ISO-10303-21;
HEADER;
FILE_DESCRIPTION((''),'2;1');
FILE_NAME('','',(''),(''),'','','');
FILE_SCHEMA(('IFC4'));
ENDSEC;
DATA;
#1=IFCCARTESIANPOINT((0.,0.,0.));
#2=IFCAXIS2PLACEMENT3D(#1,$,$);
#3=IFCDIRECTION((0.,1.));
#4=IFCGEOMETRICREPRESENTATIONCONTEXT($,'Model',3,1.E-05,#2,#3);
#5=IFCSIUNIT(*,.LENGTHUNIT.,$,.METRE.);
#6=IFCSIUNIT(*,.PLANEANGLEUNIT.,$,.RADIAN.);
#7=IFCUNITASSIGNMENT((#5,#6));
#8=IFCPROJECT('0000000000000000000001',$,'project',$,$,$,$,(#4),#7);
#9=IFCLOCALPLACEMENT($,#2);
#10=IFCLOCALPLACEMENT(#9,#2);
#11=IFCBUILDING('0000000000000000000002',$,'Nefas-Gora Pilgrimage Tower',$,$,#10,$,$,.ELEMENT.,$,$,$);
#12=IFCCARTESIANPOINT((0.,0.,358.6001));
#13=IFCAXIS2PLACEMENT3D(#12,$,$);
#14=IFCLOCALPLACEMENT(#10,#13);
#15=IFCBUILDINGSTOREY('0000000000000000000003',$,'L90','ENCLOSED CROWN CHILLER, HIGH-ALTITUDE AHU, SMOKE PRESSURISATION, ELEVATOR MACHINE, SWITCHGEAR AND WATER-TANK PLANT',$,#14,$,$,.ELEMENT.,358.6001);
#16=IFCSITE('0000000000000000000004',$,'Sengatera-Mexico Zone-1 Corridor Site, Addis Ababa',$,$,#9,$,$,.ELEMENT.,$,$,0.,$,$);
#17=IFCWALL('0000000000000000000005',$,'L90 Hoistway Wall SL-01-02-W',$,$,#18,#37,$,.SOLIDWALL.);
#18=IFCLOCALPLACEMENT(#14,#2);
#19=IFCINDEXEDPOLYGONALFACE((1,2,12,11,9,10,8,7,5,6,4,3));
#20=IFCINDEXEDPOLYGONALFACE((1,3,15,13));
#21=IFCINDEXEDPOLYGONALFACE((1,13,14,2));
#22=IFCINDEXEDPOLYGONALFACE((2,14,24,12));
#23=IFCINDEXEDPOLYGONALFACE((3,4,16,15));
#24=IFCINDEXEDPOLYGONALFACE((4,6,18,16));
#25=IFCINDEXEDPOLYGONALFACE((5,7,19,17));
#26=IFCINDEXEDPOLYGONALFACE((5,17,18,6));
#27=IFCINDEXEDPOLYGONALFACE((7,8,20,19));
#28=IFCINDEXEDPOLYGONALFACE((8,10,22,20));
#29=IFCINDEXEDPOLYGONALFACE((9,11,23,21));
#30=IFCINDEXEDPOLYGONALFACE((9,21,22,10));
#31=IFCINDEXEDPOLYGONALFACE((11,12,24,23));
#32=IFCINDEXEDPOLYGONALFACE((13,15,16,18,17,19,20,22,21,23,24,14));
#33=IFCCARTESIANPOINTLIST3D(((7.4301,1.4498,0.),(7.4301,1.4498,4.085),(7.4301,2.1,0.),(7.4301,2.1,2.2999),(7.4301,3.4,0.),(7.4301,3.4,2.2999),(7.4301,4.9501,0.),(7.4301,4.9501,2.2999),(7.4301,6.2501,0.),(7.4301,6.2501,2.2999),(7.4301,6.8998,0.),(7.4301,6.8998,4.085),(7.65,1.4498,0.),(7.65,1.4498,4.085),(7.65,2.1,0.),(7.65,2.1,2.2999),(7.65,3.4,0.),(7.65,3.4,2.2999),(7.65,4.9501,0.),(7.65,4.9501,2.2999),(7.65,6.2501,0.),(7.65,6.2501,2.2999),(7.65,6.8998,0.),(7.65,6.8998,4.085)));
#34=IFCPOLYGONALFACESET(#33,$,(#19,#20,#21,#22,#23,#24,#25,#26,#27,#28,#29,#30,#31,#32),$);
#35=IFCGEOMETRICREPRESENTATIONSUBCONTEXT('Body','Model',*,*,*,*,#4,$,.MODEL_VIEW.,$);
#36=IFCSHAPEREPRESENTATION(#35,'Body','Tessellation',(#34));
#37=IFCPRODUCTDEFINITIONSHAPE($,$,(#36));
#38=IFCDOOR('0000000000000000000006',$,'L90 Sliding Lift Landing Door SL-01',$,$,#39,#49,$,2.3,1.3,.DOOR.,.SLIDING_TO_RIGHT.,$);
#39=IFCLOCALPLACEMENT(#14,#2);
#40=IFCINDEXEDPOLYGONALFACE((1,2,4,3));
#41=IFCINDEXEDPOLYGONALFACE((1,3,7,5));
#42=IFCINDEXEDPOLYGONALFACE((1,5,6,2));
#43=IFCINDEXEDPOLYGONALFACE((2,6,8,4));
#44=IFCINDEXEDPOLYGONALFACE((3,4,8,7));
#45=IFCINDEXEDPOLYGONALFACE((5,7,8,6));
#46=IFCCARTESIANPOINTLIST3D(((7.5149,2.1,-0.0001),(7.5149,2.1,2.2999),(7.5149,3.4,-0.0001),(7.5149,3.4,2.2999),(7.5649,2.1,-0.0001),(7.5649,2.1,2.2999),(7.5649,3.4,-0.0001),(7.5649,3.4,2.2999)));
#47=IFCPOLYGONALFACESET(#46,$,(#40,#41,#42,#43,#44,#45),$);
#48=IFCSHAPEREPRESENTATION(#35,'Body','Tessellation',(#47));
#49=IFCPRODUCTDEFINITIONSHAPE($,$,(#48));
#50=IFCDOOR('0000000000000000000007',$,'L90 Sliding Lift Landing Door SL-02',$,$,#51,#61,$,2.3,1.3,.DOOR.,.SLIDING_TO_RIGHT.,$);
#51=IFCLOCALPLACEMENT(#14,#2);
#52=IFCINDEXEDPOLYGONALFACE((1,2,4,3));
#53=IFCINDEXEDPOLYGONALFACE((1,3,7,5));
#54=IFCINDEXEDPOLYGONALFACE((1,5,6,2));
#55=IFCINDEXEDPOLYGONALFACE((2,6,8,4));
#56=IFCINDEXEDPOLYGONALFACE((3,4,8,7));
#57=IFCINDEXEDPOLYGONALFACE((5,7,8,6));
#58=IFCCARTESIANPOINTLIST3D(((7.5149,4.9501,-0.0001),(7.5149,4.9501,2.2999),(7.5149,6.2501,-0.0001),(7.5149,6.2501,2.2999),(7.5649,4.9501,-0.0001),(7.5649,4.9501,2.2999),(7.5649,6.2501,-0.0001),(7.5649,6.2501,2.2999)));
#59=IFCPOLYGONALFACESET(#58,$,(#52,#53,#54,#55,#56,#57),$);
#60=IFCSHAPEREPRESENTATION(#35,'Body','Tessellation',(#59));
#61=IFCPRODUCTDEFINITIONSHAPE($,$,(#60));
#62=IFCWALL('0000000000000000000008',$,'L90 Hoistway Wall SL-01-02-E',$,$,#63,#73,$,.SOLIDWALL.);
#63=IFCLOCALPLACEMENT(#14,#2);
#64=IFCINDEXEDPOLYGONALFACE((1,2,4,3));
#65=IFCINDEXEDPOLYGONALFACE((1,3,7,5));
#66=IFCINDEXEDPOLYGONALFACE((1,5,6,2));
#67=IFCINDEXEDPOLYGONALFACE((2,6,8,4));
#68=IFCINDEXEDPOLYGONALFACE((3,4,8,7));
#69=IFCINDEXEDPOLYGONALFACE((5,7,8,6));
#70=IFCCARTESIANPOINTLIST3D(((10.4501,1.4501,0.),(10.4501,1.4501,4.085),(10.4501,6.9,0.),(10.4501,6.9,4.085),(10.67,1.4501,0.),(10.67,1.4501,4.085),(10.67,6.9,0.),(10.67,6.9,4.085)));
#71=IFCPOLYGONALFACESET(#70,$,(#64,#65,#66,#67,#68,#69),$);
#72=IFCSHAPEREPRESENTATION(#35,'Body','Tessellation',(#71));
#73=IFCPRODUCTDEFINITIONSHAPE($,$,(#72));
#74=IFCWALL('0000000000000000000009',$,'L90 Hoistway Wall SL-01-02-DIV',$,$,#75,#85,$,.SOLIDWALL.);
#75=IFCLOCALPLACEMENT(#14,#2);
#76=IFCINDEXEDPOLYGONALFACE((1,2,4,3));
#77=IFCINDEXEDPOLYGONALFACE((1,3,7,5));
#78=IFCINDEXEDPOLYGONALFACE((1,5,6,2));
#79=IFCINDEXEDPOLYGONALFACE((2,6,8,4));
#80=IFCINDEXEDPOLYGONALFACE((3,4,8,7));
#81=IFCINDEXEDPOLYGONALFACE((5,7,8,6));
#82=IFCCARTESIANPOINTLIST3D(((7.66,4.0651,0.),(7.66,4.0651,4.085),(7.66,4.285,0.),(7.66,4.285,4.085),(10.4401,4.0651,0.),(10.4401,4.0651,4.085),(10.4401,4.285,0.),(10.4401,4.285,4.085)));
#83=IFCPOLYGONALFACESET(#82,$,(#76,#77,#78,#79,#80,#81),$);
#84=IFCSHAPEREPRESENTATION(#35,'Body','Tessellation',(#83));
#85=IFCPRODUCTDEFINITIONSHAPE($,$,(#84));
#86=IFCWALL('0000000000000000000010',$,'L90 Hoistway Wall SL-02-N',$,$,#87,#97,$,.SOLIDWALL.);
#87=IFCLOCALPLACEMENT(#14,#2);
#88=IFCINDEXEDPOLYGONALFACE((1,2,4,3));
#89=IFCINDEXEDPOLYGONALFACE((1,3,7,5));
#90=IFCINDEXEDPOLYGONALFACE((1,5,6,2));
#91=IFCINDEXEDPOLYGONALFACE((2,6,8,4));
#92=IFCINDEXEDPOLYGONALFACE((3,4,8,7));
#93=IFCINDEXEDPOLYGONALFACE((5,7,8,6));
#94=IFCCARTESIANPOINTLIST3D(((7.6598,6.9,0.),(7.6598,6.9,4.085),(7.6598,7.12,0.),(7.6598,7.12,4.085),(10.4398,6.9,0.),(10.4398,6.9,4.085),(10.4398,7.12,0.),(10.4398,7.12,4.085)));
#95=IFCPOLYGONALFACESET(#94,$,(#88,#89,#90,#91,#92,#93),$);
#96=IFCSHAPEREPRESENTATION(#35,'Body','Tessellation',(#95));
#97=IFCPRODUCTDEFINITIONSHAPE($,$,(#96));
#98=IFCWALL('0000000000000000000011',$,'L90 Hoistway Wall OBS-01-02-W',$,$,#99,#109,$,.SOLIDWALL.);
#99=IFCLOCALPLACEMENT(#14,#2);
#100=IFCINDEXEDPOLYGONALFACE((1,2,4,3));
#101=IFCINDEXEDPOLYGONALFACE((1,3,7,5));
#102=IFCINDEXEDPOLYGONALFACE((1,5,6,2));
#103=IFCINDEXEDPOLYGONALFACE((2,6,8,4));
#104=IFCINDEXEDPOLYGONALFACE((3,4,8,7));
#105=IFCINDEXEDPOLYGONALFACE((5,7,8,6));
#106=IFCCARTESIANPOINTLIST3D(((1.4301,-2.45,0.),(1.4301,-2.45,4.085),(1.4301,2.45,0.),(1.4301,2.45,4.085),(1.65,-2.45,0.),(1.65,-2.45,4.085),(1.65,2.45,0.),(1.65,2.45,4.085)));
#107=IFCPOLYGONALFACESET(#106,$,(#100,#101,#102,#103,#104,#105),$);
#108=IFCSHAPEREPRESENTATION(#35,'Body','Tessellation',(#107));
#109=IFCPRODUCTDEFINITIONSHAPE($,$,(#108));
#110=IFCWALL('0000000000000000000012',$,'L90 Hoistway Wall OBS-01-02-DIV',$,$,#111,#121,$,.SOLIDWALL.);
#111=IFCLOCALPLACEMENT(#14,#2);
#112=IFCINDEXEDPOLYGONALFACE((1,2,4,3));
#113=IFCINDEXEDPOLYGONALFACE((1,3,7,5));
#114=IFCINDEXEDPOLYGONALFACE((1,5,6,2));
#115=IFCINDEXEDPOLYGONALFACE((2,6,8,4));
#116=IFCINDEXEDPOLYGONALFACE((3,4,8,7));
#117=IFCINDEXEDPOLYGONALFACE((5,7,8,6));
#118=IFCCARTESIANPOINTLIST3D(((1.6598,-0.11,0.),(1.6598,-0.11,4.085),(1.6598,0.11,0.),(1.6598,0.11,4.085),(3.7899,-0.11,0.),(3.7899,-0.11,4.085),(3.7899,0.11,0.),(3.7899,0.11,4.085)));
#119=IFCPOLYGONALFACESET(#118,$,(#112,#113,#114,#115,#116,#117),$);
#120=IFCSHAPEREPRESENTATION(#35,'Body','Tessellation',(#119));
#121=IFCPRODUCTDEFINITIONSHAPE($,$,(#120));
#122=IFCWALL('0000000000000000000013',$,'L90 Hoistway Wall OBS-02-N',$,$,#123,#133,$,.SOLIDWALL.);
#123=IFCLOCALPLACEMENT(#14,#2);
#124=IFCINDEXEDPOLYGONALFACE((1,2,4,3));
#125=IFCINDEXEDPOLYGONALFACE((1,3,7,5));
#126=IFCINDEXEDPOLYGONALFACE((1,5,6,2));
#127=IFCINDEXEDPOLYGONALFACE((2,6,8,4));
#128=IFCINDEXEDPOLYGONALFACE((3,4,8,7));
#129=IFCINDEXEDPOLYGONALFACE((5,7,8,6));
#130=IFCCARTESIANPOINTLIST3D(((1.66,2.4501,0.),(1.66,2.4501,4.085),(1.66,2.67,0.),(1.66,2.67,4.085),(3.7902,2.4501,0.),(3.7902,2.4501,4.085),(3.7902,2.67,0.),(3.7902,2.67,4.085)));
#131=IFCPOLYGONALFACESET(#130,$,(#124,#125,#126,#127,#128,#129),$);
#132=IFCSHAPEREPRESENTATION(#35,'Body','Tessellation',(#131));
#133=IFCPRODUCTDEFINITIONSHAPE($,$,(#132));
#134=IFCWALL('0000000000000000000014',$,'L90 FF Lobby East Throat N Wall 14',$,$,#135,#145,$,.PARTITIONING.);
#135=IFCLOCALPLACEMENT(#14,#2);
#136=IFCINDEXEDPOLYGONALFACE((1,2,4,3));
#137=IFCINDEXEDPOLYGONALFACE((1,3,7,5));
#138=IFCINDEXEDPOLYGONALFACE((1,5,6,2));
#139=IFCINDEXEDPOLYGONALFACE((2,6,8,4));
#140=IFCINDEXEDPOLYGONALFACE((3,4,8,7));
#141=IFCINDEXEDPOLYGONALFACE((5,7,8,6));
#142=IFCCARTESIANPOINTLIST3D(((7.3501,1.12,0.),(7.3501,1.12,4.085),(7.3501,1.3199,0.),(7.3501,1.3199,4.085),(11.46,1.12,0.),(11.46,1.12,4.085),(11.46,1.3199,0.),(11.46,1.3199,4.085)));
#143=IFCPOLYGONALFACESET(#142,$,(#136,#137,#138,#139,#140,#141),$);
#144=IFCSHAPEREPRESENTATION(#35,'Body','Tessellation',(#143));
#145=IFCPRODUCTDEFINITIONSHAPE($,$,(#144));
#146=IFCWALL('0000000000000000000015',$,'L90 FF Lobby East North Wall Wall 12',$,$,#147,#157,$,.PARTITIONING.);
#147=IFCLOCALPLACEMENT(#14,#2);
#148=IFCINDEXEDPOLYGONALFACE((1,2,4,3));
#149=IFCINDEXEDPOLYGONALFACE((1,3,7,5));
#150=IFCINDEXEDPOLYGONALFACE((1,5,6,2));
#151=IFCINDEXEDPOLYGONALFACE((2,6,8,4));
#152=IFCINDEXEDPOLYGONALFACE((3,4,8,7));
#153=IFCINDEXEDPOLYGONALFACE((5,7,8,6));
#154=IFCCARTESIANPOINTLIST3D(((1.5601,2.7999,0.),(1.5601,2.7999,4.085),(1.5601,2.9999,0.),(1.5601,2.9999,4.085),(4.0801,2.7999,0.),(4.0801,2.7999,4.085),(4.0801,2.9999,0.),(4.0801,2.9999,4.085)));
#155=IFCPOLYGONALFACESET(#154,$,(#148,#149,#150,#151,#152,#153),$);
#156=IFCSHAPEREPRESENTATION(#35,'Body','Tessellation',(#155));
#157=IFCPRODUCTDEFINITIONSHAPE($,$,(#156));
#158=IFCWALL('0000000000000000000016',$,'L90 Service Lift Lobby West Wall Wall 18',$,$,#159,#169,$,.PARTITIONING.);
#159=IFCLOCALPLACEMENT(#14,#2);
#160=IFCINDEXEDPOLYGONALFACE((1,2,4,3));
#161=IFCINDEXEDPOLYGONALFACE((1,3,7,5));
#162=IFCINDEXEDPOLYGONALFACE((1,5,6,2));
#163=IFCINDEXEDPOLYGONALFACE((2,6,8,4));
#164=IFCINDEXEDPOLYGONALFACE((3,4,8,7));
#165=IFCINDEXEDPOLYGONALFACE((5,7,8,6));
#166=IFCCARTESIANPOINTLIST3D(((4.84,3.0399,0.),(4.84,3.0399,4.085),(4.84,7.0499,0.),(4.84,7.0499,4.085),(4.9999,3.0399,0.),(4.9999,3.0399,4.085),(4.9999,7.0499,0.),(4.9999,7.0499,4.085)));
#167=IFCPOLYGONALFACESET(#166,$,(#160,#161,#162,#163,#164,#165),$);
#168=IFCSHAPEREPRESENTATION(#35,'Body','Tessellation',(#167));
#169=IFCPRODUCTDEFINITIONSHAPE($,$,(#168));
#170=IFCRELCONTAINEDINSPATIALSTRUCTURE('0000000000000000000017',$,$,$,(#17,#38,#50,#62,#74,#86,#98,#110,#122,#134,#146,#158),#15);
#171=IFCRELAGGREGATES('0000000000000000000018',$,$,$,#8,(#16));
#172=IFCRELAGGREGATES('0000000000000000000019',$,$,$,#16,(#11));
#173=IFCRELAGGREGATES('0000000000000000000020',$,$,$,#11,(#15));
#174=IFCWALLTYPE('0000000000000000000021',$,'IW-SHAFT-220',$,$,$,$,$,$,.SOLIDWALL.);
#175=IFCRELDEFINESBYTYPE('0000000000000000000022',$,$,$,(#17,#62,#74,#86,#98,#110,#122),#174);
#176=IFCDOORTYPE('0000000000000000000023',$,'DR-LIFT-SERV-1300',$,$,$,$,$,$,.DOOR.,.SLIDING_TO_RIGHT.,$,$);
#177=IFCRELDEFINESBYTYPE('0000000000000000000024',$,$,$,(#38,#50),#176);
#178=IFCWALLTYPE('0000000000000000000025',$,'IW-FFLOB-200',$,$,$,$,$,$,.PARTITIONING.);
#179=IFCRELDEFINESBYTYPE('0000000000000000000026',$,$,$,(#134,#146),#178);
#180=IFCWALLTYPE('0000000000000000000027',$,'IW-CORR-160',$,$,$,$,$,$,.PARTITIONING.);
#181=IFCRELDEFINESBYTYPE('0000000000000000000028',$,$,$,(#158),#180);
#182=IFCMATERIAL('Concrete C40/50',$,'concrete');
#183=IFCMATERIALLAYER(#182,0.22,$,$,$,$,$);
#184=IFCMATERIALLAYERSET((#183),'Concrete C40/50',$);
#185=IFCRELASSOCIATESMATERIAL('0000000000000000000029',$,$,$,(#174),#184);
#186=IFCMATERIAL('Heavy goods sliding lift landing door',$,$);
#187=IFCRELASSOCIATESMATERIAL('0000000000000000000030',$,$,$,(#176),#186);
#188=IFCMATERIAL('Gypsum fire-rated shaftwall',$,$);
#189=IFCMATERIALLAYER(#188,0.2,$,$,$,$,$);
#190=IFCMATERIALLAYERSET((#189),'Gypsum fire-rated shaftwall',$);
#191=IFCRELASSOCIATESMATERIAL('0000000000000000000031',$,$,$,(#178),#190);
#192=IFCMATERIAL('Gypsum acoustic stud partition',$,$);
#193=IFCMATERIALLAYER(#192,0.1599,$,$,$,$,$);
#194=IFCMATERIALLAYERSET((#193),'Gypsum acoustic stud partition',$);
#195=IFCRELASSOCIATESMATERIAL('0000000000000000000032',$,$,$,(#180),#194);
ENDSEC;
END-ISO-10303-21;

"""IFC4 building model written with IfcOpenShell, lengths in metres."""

from ifc_helpers import new_model, si_unit, direction, frame, frame_2d, origin, place, context, subcontext, project, spatial, rectangle, extrude, source, transform, mapped, material, layer, layer_set, type_object, element, fill, save


model = new_model("IFC4")

# Units and contexts
model_context = context("Model", 3, precision=1e-05, world=origin(), true_north=direction((0.0, 1.0)))
body_context = subcontext(model_context, "Body", "Model", "MODEL_VIEW")
ifc_project = project(units=[si_unit("LENGTHUNIT", "METRE"), si_unit("PLANEANGLEUNIT", "RADIAN")], contexts=[model_context])

# Site, building, storey
site_placement = place(None, origin())
site = spatial("IfcSite", under=ifc_project, at=site_placement, Name="Sengatera-Mexico Zone-1 Corridor Site, Addis Ababa", CompositionType="ELEMENT", RefElevation=0.0)
building_placement = place(site_placement, origin())
building = spatial("IfcBuilding", under=site, at=building_placement, Name="Nefas-Gora Pilgrimage Tower", CompositionType="ELEMENT")
storey_placement = place(building_placement, frame((0.0, 0.0, 358.6001)))
storey = spatial("IfcBuildingStorey", under=building, at=storey_placement, Name="L90", Description="ENCLOSED CROWN CHILLER, HIGH-ALTITUDE AHU, SMOKE PRESSURISATION, ELEVATOR MACHINE, SWITCHGEAR AND WATER-TANK PLANT", CompositionType="ELEMENT", Elevation=358.6001)

# Shared definitions
ifc_material_1 = material(Name="Concrete C40/50", Category="concrete")

# Wall, openings, doors
ifc_layer_1 = layer(ifc_material_1, 0.22)
ifc_layer_set_1 = layer_set([ifc_layer_1], Name="Concrete C40/50")
wall_type_1 = type_object("IfcWallType", Name="IW-SHAFT-220", PredefinedType="SOLIDWALL", material=ifc_layer_set_1)
shared_shape_1 = source(origin(), body_context, "Body", "SweptSolid", [
    extrude(rectangle(XDim=5.45, YDim=0.22, at=frame_2d((2.7251, 0.0))), origin(), (0.0, 0.0, 1.0), 4.085),
])
wall_1_placement = place(storey_placement, frame((7.54, 6.8999, 0.0), z_axis=(0.0, 0.0, 1.0), x_axis=(0.0, -1.0, 0.0)))
wall_1 = element("IfcWall", 1, at=wall_1_placement, inside=storey, type_object=wall_type_1, Name="L90 Hoistway Wall SL-01-02-W", PredefinedType="SOLIDWALL", context=body_context, shape_type="MappedRepresentation", body=[
    mapped(shared_shape_1, transform((0.0, 0.0, 0.0), x_axis=(1.0, 0.0, 0.0), y_axis=(0.0, 1.0, 0.0), z_axis=(0.0, 0.0, 1.0), scale=1.0)),
])
opening_1_placement = place(wall_1_placement, frame((3.5, 0.0, 0.0)))
opening_1 = element("IfcOpeningElement", 2, at=opening_1_placement, cuts=wall_1, PredefinedType="OPENING", context=body_context, shape_type="SweptSolid", body=[
    extrude(rectangle(XDim=1.3, YDim=2.3, at=frame_2d((0.6499, 1.1499))), frame((0.0, 0.1199, 0.0), z_axis=(0.0, -1.0, 0.0), x_axis=(1.0, 0.0, 0.0)), (0.0, 0.0, 1.0), 0.24),
])
opening_2_placement = place(wall_1_placement, frame((0.6499, 0.0, 0.0)))
opening_2 = element("IfcOpeningElement", 3, at=opening_2_placement, cuts=wall_1, PredefinedType="OPENING", context=body_context, shape_type="SweptSolid", body=[
    extrude(rectangle(XDim=1.3, YDim=2.3, at=frame_2d((0.6499, 1.1499))), frame((0.0, 0.1199, 0.0), z_axis=(0.0, -1.0, 0.0), x_axis=(1.0, 0.0, 0.0)), (0.0, 0.0, 1.0), 0.24),
])
ifc_material_2 = material(Name="Heavy goods sliding lift landing door")
door_type_1 = type_object("IfcDoorType", Name="DR-LIFT-SERV-1300", OperationType="SLIDING_TO_RIGHT", PredefinedType="DOOR", material=ifc_material_2)
shared_shape_2 = source(origin(), body_context, "Body", "SweptSolid", [
    extrude(rectangle(XDim=1.3, YDim=2.3, at=frame_2d((0.6499, 1.1499))), frame((0.0, 0.0249, 0.0), z_axis=(0.0, -1.0, 0.0), x_axis=(1.0, 0.0, 0.0)), (0.0, 0.0, 1.0), 0.05),
])
door_1_placement = place(opening_1_placement, origin())
door_1 = element("IfcDoor", 4, at=door_1_placement, inside=storey, type_object=door_type_1, Name="L90 Sliding Lift Landing Door SL-01", OperationType="SLIDING_TO_RIGHT", OverallHeight=2.3, OverallWidth=1.3, PredefinedType="DOOR", context=body_context, shape_type="MappedRepresentation", body=[
    mapped(shared_shape_2, transform((0.0, 0.0, 0.0), x_axis=(1.0, 0.0, 0.0), y_axis=(0.0, 1.0, 0.0), z_axis=(0.0, 0.0, 1.0), scale=1.0)),
])
fill(opening_1, door_1)
door_2_placement = place(opening_2_placement, origin())
door_2 = element("IfcDoor", 5, at=door_2_placement, inside=storey, type_object=door_type_1, Name="L90 Sliding Lift Landing Door SL-02", OperationType="SLIDING_TO_RIGHT", OverallHeight=2.3, OverallWidth=1.3, PredefinedType="DOOR", context=body_context, shape_type="MappedRepresentation", body=[
    mapped(shared_shape_2, transform((0.0, 0.0, 0.0), x_axis=(1.0, 0.0, 0.0), y_axis=(0.0, 1.0, 0.0), z_axis=(0.0, 0.0, 1.0), scale=1.0)),
])
fill(opening_2, door_2)

# Walls
wall_2_placement = place(storey_placement, frame((10.5601, 1.45, 0.0), z_axis=(0.0, 0.0, 1.0), x_axis=(0.0, 1.0, 0.0)))
element("IfcWall", 6, at=wall_2_placement, inside=storey, type_object=wall_type_1, Name="L90 Hoistway Wall SL-01-02-E", PredefinedType="SOLIDWALL", context=body_context, shape_type="MappedRepresentation", body=[
    mapped(shared_shape_1, transform((0.0, 0.0, 0.0), x_axis=(1.0, 0.0, 0.0), y_axis=(0.0, 1.0, 0.0), z_axis=(0.0, 0.0, 1.0), scale=1.0)),
])
shared_shape_3 = source(origin(), body_context, "Body", "SweptSolid", [
    extrude(rectangle(XDim=2.78, YDim=0.22, at=frame_2d((1.3901, 0.0))), origin(), (0.0, 0.0, 1.0), 4.085),
])
for number, where, z_axis, x_axis, name in (
    (7, (7.6599, 4.175, 0.0), (0.0, 0.0, 1.0), (1.0, 0.0, 0.0), "L90 Hoistway Wall SL-01-02-DIV"),
    (8, (10.4399, 7.01, 0.0), (0.0, 0.0, 1.0), (-1.0, 0.0, 0.0), "L90 Hoistway Wall SL-02-N"),
):
    element("IfcWall", number, at=place(storey_placement, frame(where, z_axis=z_axis, x_axis=x_axis)), inside=storey, type_object=wall_type_1, Name=name, PredefinedType="SOLIDWALL", context=body_context, shape_type="MappedRepresentation", body=[
        mapped(shared_shape_3, transform((0.0, 0.0, 0.0), x_axis=(1.0, 0.0, 0.0), y_axis=(0.0, 1.0, 0.0), z_axis=(0.0, 0.0, 1.0), scale=1.0)),
    ])
shared_shape_4 = source(origin(), body_context, "Body", "SweptSolid", [
    extrude(rectangle(XDim=4.8999, YDim=0.22, at=frame_2d((2.45, 0.0))), origin(), (0.0, 0.0, 1.0), 4.085),
])
wall_3_placement = place(storey_placement, frame((1.54, 2.45, 0.0), z_axis=(0.0, 0.0, 1.0), x_axis=(0.0, -1.0, 0.0)))
element("IfcWall", 9, at=wall_3_placement, inside=storey, type_object=wall_type_1, Name="L90 Hoistway Wall OBS-01-02-W", PredefinedType="SOLIDWALL", context=body_context, shape_type="MappedRepresentation", body=[
    mapped(shared_shape_4, transform((0.0, 0.0, 0.0), x_axis=(1.0, 0.0, 0.0), y_axis=(0.0, 1.0, 0.0), z_axis=(0.0, 0.0, 1.0), scale=1.0)),
])
shared_shape_5 = source(origin(), body_context, "Body", "SweptSolid", [
    extrude(rectangle(XDim=2.1301, YDim=0.22, at=frame_2d((1.0649, 0.0))), origin(), (0.0, 0.0, 1.0), 4.085),
])
for number, where, z_axis, x_axis, name in (
    (10, (1.6599, 0.0, 0.0), (0.0, 0.0, 1.0), (1.0, 0.0, 0.0), "L90 Hoistway Wall OBS-01-02-DIV"),
    (11, (3.79, 2.5601, 0.0), (0.0, 0.0, 1.0), (-1.0, 0.0, 0.0), "L90 Hoistway Wall OBS-02-N"),
):
    element("IfcWall", number, at=place(storey_placement, frame(where, z_axis=z_axis, x_axis=x_axis)), inside=storey, type_object=wall_type_1, Name=name, PredefinedType="SOLIDWALL", context=body_context, shape_type="MappedRepresentation", body=[
        mapped(shared_shape_5, transform((0.0, 0.0, 0.0), x_axis=(1.0, 0.0, 0.0), y_axis=(0.0, 1.0, 0.0), z_axis=(0.0, 0.0, 1.0), scale=1.0)),
    ])

# Shared definitions
ifc_material_3 = material(Name="Gypsum fire-rated shaftwall")
ifc_layer_2 = layer(ifc_material_3, 0.2)
ifc_layer_set_2 = layer_set([ifc_layer_2], Name="Gypsum fire-rated shaftwall")
wall_type_2 = type_object("IfcWallType", Name="IW-FFLOB-200", PredefinedType="PARTITIONING", material=ifc_layer_set_2)

# Walls
shared_shape_6 = source(origin(), body_context, "Body", "SweptSolid", [
    extrude(rectangle(XDim=4.1099, YDim=0.2, at=frame_2d((2.0549, 0.0))), origin(), (0.0, 0.0, 1.0), 4.085),
])
wall_4_placement = place(storey_placement, frame((7.3501, 1.22, 0.0), z_axis=(0.0, 0.0, 1.0), x_axis=(1.0, 0.0, 0.0)))
element("IfcWall", 12, at=wall_4_placement, inside=storey, type_object=wall_type_2, Name="L90 FF Lobby East Throat N Wall 14", PredefinedType="PARTITIONING", context=body_context, shape_type="MappedRepresentation", body=[
    mapped(shared_shape_6, transform((0.0, 0.0, 0.0), x_axis=(1.0, 0.0, 0.0), y_axis=(0.0, 1.0, 0.0), z_axis=(0.0, 0.0, 1.0), scale=1.0)),
])
shared_shape_7 = source(origin(), body_context, "Body", "SweptSolid", [
    extrude(rectangle(XDim=2.52, YDim=0.2, at=frame_2d((1.26, 0.0))), origin(), (0.0, 0.0, 1.0), 4.085),
])
wall_5_placement = place(storey_placement, frame((1.5601, 2.8999, 0.0), z_axis=(0.0, 0.0, 1.0), x_axis=(1.0, 0.0, 0.0)))
element("IfcWall", 13, at=wall_5_placement, inside=storey, type_object=wall_type_2, Name="L90 FF Lobby East North Wall Wall 12", PredefinedType="PARTITIONING", context=body_context, shape_type="MappedRepresentation", body=[
    mapped(shared_shape_7, transform((0.0, 0.0, 0.0), x_axis=(1.0, 0.0, 0.0), y_axis=(0.0, 1.0, 0.0), z_axis=(0.0, 0.0, 1.0), scale=1.0)),
])
ifc_material_4 = material(Name="Gypsum acoustic stud partition")
ifc_layer_3 = layer(ifc_material_4, 0.1599)
ifc_layer_set_3 = layer_set([ifc_layer_3], Name="Gypsum acoustic stud partition")
wall_type_3 = type_object("IfcWallType", Name="IW-CORR-160", PredefinedType="PARTITIONING", material=ifc_layer_set_3)
shared_shape_8 = source(origin(), body_context, "Body", "SweptSolid", [
    extrude(rectangle(XDim=4.01, YDim=0.1599, at=frame_2d((2.0049, 0.0))), origin(), (0.0, 0.0, 1.0), 4.085),
])
wall_6_placement = place(storey_placement, frame((4.9199, 3.04, 0.0), z_axis=(0.0, 0.0, 1.0), x_axis=(0.0, 1.0, 0.0)))
element("IfcWall", 14, at=wall_6_placement, inside=storey, type_object=wall_type_3, Name="L90 Service Lift Lobby West Wall Wall 18", PredefinedType="PARTITIONING", context=body_context, shape_type="MappedRepresentation", body=[
    mapped(shared_shape_8, transform((0.0, 0.0, 0.0), x_axis=(1.0, 0.0, 0.0), y_axis=(0.0, 1.0, 0.0), z_axis=(0.0, 0.0, 1.0), scale=1.0)),
])

save(model, "model.ifc")
